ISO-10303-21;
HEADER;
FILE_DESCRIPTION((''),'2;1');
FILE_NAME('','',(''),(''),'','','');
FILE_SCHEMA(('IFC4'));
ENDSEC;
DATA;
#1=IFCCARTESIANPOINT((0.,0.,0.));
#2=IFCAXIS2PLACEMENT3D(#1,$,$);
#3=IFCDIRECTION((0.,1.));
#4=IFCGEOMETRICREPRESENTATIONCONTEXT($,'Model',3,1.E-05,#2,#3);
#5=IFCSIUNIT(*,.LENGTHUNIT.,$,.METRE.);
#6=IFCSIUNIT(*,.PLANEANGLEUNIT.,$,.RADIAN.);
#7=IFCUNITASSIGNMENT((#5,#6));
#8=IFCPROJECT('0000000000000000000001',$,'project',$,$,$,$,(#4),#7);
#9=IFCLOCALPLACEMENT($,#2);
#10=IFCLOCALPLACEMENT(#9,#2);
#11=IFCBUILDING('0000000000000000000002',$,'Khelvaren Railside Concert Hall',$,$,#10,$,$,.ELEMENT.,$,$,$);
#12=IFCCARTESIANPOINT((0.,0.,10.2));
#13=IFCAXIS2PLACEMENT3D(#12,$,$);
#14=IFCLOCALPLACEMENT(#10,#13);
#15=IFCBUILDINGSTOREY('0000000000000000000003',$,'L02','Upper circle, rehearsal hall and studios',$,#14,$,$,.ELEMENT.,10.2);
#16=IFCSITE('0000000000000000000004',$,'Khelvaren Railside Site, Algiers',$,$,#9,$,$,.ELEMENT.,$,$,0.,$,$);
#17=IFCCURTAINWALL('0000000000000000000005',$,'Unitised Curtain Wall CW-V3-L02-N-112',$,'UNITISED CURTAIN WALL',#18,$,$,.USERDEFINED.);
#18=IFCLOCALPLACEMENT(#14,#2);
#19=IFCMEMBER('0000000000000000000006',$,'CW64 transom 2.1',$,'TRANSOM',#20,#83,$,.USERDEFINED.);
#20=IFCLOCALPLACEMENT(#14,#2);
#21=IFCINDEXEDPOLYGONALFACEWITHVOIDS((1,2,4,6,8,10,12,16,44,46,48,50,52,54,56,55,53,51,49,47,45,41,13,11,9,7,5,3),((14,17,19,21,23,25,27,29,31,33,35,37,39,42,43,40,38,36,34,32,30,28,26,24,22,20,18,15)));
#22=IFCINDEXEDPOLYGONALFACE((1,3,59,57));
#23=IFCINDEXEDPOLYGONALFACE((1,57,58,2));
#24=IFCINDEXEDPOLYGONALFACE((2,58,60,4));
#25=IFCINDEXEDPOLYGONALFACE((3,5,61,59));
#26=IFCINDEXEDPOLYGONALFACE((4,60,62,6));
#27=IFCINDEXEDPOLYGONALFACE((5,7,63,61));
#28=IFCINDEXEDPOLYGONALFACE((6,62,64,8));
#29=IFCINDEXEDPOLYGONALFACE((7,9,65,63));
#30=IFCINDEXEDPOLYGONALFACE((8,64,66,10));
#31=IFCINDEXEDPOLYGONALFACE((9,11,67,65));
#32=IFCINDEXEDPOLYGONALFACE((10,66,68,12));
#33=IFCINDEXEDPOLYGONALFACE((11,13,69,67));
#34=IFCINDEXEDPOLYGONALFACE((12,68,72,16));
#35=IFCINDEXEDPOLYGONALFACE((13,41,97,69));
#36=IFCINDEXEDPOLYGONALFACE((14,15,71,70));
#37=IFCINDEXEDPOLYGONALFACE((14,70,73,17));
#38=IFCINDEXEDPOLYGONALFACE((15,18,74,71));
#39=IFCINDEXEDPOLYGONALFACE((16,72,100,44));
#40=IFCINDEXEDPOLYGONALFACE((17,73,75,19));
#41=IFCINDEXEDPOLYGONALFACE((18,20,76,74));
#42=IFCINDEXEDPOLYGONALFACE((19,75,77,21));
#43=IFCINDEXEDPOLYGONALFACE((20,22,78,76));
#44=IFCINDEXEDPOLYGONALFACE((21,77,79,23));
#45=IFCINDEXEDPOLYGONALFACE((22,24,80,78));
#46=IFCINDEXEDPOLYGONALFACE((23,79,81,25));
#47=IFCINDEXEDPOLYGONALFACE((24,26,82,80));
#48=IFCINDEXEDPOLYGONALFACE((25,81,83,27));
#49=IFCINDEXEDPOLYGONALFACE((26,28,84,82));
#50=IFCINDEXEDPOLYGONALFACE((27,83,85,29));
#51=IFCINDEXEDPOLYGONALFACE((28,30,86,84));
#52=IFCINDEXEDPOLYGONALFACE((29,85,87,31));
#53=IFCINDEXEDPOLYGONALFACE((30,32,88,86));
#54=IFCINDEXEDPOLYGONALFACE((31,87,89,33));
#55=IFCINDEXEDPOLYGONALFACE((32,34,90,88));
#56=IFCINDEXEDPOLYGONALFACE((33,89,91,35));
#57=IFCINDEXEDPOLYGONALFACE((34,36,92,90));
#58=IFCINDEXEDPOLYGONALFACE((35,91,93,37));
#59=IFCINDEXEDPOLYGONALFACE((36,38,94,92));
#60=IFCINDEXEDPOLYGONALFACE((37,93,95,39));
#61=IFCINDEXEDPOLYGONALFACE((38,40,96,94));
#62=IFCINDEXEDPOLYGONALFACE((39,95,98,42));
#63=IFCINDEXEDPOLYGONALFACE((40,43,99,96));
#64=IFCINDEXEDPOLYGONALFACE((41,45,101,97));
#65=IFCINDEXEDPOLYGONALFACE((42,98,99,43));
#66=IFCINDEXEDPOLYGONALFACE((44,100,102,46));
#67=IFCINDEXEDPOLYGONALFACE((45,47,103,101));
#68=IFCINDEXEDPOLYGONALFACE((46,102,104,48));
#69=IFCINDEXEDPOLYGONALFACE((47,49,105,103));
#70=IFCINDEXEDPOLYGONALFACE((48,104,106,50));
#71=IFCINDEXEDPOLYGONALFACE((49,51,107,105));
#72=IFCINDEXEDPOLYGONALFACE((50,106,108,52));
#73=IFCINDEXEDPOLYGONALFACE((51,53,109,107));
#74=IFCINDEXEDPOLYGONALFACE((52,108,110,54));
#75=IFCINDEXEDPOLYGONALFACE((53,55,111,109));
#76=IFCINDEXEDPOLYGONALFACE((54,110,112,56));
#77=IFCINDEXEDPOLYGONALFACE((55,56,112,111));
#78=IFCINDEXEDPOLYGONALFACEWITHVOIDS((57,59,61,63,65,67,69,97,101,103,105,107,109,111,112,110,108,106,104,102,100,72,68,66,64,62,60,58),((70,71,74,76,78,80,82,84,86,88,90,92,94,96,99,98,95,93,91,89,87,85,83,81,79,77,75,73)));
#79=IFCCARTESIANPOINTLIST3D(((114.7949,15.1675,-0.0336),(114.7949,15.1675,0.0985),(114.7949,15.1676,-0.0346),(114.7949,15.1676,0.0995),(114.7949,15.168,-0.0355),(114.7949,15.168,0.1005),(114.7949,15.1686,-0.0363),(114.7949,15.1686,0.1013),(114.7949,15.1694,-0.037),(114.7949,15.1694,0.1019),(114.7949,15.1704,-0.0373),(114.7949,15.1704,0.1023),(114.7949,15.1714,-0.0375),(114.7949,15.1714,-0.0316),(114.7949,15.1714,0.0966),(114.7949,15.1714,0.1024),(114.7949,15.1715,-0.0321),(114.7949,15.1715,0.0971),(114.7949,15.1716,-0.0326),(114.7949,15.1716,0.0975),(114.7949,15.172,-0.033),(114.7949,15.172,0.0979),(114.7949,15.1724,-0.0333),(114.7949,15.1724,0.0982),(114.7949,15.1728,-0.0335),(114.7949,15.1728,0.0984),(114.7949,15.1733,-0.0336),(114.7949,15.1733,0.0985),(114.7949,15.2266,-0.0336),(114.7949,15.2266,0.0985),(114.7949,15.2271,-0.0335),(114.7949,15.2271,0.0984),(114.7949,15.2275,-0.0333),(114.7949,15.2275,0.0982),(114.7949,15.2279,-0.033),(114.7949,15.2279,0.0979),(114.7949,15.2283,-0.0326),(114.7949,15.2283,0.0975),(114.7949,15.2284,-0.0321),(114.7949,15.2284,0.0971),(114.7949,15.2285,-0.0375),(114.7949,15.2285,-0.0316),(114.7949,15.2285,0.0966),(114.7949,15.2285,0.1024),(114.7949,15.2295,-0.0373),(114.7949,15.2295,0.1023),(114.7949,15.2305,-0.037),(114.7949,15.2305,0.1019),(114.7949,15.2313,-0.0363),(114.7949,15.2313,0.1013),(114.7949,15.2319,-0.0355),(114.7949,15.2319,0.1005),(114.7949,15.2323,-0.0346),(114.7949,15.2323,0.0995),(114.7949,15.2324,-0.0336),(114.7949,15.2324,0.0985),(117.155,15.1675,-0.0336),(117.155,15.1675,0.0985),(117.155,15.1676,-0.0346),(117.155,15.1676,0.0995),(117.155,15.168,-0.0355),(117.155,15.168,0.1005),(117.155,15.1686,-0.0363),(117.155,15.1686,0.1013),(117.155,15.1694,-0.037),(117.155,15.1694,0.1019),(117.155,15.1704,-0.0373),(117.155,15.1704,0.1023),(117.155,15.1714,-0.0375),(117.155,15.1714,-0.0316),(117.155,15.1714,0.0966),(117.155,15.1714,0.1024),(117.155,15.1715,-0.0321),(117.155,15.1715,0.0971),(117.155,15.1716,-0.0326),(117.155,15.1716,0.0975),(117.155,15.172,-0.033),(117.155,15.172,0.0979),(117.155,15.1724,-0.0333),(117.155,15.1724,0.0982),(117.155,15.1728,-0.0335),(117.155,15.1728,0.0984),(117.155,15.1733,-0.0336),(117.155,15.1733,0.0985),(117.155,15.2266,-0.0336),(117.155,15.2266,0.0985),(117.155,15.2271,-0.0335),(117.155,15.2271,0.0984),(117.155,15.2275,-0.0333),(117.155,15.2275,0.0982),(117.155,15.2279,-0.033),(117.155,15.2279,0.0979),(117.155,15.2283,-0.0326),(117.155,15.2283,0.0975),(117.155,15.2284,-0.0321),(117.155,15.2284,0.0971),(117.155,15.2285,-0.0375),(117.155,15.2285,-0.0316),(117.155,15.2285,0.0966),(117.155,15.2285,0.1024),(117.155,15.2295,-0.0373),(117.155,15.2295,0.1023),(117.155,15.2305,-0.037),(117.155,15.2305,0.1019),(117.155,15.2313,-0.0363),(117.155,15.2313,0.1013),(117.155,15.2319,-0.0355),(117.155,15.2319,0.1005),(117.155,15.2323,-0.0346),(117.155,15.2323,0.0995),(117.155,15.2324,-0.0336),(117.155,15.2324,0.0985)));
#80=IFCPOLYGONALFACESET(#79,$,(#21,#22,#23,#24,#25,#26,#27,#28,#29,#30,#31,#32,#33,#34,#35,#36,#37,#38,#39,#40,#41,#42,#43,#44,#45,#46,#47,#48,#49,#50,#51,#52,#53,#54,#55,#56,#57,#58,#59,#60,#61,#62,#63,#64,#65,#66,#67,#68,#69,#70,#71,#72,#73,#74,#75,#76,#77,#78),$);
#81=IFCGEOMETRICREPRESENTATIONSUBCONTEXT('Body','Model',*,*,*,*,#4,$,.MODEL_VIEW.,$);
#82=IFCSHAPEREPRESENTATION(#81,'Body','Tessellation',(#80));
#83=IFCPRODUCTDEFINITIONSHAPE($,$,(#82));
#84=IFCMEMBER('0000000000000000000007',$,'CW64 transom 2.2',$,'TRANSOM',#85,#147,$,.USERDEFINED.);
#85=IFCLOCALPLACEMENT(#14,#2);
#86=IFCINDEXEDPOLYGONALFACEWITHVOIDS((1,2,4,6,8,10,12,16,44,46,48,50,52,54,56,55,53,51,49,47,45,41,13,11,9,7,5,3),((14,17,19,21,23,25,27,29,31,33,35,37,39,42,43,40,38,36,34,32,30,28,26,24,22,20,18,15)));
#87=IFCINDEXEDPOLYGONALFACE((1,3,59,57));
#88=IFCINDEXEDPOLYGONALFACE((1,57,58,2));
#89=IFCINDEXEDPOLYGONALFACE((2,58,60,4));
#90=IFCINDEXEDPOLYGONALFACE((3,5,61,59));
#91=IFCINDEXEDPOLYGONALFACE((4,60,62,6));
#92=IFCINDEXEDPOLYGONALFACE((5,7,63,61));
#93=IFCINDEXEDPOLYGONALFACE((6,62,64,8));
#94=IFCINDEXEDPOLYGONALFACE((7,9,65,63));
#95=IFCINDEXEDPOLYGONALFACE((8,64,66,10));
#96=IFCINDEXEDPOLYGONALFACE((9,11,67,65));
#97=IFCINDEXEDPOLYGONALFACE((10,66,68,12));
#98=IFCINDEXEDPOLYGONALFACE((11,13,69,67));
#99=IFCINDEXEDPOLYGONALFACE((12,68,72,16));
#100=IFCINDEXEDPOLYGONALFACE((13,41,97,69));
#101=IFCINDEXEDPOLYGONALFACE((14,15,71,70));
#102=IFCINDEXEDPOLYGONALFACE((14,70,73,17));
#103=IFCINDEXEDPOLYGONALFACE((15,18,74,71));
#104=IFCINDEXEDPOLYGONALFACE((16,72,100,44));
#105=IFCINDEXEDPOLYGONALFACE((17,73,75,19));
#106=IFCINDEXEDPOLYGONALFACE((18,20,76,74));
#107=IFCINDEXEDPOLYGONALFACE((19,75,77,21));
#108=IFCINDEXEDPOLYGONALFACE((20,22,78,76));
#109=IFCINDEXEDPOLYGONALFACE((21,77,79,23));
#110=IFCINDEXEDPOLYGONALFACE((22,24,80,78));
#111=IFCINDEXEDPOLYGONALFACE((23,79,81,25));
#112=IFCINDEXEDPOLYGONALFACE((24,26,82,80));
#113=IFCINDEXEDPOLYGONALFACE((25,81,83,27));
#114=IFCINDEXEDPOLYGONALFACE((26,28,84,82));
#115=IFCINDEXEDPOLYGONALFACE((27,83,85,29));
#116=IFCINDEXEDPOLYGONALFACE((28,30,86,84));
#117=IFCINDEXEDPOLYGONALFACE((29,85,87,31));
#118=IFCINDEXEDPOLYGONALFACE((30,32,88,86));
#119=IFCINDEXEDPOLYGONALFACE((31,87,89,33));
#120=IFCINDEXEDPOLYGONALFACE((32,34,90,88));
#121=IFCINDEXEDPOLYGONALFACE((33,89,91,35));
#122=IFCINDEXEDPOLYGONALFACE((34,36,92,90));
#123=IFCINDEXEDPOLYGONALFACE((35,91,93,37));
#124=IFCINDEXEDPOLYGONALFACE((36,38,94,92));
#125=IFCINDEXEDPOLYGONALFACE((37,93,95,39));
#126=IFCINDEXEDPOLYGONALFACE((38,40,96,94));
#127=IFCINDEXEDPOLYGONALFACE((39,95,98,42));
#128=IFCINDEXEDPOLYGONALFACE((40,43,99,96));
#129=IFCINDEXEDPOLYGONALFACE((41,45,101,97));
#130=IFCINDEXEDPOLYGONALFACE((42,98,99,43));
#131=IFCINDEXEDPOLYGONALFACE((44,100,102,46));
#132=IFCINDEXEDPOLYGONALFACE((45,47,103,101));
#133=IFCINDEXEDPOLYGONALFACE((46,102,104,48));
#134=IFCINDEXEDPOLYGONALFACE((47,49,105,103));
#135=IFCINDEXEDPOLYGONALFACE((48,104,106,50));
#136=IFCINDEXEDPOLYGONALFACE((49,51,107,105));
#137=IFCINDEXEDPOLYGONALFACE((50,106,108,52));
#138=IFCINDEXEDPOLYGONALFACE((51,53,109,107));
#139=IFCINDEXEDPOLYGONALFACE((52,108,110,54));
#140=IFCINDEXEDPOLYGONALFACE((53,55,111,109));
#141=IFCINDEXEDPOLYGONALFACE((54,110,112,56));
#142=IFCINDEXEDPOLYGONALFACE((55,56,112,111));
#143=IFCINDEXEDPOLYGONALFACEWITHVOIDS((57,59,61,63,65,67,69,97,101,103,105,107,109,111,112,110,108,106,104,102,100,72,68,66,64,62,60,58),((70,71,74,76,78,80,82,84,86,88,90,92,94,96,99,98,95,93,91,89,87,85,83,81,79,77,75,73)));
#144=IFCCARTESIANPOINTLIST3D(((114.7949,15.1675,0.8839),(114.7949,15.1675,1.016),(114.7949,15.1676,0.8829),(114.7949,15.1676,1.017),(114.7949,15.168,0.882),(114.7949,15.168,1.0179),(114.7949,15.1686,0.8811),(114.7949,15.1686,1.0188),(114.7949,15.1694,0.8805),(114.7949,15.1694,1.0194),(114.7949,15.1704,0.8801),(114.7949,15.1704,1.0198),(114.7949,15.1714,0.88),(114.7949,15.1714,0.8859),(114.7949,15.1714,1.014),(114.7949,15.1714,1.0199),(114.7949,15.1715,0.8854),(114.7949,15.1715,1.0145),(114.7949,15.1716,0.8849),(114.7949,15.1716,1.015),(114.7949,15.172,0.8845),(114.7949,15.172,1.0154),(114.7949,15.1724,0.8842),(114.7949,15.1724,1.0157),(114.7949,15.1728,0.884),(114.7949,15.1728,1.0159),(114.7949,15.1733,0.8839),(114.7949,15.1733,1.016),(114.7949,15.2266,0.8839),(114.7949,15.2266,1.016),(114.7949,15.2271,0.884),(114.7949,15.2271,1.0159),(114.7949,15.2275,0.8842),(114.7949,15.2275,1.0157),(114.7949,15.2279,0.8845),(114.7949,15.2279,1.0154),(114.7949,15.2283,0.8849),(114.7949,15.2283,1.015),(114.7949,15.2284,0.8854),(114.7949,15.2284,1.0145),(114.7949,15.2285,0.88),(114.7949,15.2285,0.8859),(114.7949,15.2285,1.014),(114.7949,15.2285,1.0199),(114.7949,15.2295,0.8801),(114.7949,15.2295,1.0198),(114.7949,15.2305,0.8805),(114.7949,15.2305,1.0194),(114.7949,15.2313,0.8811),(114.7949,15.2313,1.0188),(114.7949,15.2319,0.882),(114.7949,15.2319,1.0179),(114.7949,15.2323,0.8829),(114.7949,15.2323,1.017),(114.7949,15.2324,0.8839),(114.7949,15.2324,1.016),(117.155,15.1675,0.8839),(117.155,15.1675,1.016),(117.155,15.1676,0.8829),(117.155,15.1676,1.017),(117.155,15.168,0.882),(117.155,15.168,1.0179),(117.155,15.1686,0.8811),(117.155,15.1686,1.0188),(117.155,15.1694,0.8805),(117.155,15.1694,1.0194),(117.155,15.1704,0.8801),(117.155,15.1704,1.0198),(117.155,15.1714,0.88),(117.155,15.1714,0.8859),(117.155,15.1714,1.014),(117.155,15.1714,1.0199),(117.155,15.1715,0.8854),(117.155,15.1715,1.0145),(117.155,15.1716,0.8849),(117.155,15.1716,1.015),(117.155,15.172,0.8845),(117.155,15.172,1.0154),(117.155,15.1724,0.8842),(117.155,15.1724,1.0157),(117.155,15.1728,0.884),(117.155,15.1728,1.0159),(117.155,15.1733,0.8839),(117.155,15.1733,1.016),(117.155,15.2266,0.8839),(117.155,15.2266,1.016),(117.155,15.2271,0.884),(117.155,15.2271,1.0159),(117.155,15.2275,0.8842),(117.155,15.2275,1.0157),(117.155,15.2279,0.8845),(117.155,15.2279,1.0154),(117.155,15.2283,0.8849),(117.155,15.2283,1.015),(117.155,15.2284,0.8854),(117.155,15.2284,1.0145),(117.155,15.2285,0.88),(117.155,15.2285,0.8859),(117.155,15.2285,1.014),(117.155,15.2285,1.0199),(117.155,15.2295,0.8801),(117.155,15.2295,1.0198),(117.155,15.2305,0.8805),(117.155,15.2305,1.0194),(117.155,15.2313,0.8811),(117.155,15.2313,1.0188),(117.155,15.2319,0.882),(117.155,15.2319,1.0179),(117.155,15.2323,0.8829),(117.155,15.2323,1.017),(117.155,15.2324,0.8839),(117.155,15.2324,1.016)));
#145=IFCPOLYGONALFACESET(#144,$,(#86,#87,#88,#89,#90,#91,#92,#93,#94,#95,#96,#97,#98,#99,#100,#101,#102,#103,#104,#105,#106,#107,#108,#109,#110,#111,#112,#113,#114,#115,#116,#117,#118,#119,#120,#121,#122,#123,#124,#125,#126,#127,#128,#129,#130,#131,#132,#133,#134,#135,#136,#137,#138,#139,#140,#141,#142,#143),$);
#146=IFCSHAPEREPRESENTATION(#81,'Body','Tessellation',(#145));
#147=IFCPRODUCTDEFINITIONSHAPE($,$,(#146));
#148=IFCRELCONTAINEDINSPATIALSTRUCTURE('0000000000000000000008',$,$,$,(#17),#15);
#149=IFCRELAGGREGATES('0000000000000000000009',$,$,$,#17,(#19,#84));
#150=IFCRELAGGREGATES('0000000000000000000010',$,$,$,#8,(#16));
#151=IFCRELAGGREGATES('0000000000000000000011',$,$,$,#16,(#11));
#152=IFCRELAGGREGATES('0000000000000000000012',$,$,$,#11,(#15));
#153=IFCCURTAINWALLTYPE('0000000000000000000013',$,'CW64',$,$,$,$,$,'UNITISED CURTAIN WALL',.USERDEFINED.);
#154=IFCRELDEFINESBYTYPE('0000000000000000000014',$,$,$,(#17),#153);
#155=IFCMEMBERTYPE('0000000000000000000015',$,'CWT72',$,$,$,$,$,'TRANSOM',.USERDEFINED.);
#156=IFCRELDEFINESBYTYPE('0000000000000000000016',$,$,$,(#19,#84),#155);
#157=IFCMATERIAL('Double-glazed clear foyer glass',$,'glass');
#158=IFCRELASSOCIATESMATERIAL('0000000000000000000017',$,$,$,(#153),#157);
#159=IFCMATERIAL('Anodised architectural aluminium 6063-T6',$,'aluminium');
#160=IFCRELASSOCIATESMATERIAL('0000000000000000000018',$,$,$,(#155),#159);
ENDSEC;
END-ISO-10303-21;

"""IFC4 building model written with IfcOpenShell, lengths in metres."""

from ifc_helpers import new_model, si_unit, direction, frame, origin, origin_2d, place, context, subcontext, project, spatial, hollow_rectangle, extrude, material, material_profile, profile_set, type_object, element, aggregate, save


model = new_model("IFC4")

# Units and contexts
model_context = context("Model", 3, precision=1e-05, world=origin(), true_north=direction((0.0, 1.0)))
body_context = subcontext(model_context, "Body", "Model", "MODEL_VIEW")
ifc_project = project(units=[si_unit("LENGTHUNIT", "METRE"), si_unit("PLANEANGLEUNIT", "RADIAN")], contexts=[model_context])

# Site, building, storey
site_placement = place(None, origin())
site = spatial("IfcSite", under=ifc_project, at=site_placement, Name="Khelvaren Railside Site, Algiers", CompositionType="ELEMENT", RefElevation=0.0)
building_placement = place(site_placement, origin())
building = spatial("IfcBuilding", under=site, at=building_placement, Name="Khelvaren Railside Concert Hall", CompositionType="ELEMENT")
storey_placement = place(building_placement, frame((0.0, 0.0, 10.2)))
storey = spatial("IfcBuildingStorey", under=building, at=storey_placement, Name="L02", Description="Upper circle, rehearsal hall and studios", CompositionType="ELEMENT", Elevation=10.2)

# Shared definitions
ifc_material_1 = material(Name="Double-glazed clear foyer glass", Category="glass")
ifc_material_2 = material(Name="Anodised architectural aluminium 6063-T6", Category="aluminium")

# Curtain wall
curtain_wall_type_1 = type_object("IfcCurtainWallType", Name="CW64", ElementType="UNITISED CURTAIN WALL", PredefinedType="USERDEFINED", material=ifc_material_1)
curtain_wall_1_placement = place(storey_placement, origin())
curtain_wall_1 = element("IfcCurtainWall", 1, at=curtain_wall_1_placement, inside=storey, type_object=curtain_wall_type_1, Name="Unitised Curtain Wall CW-V3-L02-N-112", ObjectType="UNITISED CURTAIN WALL", PredefinedType="USERDEFINED")

# Members
ifc_material_profile_1 = material_profile(ifc_material_2, hollow_rectangle(XDim=0.0649, YDim=0.1399, WallThickness=0.0039, InnerFilletRadius=0.002, OuterFilletRadius=0.0039, at=origin_2d()), Name="CWT 65x140x4")
ifc_profile_set_1 = profile_set([ifc_material_profile_1], Name="Anodised architectural aluminium 6063-T6")
member_type_1 = type_object("IfcMemberType", Name="CWT72", ElementType="TRANSOM", PredefinedType="USERDEFINED", material=ifc_profile_set_1)
member_1_placement = place(storey_placement, frame((114.7949, 15.2, 0.0325), z_axis=(1.0, 0.0, 0.0), x_axis=(0.0, 1.0, 0.0)))
member_1 = element("IfcMember", 2, at=member_1_placement, type_object=member_type_1, Name="CW64 transom 2.1", ObjectType="TRANSOM", PredefinedType="USERDEFINED", context=body_context, shape_type="SweptSolid", body=[
    extrude(hollow_rectangle(XDim=0.0649, YDim=0.1399, WallThickness=0.0039, InnerFilletRadius=0.002, OuterFilletRadius=0.0039, at=origin_2d()), origin(), (0.0, 0.0, 1.0), 2.3601),
])
member_2_placement = place(storey_placement, frame((114.7949, 15.2, 0.95), z_axis=(1.0, 0.0, 0.0), x_axis=(0.0, 1.0, 0.0)))
member_2 = element("IfcMember", 3, at=member_2_placement, type_object=member_type_1, Name="CW64 transom 2.2", ObjectType="TRANSOM", PredefinedType="USERDEFINED", context=body_context, shape_type="SweptSolid", body=[
    extrude(hollow_rectangle(XDim=0.0649, YDim=0.1399, WallThickness=0.0039, InnerFilletRadius=0.002, OuterFilletRadius=0.0039, at=origin_2d()), origin(), (0.0, 0.0, 1.0), 2.3601),
])

aggregate(curtain_wall_1, [member_1, member_2])

save(model, "model.ifc")
